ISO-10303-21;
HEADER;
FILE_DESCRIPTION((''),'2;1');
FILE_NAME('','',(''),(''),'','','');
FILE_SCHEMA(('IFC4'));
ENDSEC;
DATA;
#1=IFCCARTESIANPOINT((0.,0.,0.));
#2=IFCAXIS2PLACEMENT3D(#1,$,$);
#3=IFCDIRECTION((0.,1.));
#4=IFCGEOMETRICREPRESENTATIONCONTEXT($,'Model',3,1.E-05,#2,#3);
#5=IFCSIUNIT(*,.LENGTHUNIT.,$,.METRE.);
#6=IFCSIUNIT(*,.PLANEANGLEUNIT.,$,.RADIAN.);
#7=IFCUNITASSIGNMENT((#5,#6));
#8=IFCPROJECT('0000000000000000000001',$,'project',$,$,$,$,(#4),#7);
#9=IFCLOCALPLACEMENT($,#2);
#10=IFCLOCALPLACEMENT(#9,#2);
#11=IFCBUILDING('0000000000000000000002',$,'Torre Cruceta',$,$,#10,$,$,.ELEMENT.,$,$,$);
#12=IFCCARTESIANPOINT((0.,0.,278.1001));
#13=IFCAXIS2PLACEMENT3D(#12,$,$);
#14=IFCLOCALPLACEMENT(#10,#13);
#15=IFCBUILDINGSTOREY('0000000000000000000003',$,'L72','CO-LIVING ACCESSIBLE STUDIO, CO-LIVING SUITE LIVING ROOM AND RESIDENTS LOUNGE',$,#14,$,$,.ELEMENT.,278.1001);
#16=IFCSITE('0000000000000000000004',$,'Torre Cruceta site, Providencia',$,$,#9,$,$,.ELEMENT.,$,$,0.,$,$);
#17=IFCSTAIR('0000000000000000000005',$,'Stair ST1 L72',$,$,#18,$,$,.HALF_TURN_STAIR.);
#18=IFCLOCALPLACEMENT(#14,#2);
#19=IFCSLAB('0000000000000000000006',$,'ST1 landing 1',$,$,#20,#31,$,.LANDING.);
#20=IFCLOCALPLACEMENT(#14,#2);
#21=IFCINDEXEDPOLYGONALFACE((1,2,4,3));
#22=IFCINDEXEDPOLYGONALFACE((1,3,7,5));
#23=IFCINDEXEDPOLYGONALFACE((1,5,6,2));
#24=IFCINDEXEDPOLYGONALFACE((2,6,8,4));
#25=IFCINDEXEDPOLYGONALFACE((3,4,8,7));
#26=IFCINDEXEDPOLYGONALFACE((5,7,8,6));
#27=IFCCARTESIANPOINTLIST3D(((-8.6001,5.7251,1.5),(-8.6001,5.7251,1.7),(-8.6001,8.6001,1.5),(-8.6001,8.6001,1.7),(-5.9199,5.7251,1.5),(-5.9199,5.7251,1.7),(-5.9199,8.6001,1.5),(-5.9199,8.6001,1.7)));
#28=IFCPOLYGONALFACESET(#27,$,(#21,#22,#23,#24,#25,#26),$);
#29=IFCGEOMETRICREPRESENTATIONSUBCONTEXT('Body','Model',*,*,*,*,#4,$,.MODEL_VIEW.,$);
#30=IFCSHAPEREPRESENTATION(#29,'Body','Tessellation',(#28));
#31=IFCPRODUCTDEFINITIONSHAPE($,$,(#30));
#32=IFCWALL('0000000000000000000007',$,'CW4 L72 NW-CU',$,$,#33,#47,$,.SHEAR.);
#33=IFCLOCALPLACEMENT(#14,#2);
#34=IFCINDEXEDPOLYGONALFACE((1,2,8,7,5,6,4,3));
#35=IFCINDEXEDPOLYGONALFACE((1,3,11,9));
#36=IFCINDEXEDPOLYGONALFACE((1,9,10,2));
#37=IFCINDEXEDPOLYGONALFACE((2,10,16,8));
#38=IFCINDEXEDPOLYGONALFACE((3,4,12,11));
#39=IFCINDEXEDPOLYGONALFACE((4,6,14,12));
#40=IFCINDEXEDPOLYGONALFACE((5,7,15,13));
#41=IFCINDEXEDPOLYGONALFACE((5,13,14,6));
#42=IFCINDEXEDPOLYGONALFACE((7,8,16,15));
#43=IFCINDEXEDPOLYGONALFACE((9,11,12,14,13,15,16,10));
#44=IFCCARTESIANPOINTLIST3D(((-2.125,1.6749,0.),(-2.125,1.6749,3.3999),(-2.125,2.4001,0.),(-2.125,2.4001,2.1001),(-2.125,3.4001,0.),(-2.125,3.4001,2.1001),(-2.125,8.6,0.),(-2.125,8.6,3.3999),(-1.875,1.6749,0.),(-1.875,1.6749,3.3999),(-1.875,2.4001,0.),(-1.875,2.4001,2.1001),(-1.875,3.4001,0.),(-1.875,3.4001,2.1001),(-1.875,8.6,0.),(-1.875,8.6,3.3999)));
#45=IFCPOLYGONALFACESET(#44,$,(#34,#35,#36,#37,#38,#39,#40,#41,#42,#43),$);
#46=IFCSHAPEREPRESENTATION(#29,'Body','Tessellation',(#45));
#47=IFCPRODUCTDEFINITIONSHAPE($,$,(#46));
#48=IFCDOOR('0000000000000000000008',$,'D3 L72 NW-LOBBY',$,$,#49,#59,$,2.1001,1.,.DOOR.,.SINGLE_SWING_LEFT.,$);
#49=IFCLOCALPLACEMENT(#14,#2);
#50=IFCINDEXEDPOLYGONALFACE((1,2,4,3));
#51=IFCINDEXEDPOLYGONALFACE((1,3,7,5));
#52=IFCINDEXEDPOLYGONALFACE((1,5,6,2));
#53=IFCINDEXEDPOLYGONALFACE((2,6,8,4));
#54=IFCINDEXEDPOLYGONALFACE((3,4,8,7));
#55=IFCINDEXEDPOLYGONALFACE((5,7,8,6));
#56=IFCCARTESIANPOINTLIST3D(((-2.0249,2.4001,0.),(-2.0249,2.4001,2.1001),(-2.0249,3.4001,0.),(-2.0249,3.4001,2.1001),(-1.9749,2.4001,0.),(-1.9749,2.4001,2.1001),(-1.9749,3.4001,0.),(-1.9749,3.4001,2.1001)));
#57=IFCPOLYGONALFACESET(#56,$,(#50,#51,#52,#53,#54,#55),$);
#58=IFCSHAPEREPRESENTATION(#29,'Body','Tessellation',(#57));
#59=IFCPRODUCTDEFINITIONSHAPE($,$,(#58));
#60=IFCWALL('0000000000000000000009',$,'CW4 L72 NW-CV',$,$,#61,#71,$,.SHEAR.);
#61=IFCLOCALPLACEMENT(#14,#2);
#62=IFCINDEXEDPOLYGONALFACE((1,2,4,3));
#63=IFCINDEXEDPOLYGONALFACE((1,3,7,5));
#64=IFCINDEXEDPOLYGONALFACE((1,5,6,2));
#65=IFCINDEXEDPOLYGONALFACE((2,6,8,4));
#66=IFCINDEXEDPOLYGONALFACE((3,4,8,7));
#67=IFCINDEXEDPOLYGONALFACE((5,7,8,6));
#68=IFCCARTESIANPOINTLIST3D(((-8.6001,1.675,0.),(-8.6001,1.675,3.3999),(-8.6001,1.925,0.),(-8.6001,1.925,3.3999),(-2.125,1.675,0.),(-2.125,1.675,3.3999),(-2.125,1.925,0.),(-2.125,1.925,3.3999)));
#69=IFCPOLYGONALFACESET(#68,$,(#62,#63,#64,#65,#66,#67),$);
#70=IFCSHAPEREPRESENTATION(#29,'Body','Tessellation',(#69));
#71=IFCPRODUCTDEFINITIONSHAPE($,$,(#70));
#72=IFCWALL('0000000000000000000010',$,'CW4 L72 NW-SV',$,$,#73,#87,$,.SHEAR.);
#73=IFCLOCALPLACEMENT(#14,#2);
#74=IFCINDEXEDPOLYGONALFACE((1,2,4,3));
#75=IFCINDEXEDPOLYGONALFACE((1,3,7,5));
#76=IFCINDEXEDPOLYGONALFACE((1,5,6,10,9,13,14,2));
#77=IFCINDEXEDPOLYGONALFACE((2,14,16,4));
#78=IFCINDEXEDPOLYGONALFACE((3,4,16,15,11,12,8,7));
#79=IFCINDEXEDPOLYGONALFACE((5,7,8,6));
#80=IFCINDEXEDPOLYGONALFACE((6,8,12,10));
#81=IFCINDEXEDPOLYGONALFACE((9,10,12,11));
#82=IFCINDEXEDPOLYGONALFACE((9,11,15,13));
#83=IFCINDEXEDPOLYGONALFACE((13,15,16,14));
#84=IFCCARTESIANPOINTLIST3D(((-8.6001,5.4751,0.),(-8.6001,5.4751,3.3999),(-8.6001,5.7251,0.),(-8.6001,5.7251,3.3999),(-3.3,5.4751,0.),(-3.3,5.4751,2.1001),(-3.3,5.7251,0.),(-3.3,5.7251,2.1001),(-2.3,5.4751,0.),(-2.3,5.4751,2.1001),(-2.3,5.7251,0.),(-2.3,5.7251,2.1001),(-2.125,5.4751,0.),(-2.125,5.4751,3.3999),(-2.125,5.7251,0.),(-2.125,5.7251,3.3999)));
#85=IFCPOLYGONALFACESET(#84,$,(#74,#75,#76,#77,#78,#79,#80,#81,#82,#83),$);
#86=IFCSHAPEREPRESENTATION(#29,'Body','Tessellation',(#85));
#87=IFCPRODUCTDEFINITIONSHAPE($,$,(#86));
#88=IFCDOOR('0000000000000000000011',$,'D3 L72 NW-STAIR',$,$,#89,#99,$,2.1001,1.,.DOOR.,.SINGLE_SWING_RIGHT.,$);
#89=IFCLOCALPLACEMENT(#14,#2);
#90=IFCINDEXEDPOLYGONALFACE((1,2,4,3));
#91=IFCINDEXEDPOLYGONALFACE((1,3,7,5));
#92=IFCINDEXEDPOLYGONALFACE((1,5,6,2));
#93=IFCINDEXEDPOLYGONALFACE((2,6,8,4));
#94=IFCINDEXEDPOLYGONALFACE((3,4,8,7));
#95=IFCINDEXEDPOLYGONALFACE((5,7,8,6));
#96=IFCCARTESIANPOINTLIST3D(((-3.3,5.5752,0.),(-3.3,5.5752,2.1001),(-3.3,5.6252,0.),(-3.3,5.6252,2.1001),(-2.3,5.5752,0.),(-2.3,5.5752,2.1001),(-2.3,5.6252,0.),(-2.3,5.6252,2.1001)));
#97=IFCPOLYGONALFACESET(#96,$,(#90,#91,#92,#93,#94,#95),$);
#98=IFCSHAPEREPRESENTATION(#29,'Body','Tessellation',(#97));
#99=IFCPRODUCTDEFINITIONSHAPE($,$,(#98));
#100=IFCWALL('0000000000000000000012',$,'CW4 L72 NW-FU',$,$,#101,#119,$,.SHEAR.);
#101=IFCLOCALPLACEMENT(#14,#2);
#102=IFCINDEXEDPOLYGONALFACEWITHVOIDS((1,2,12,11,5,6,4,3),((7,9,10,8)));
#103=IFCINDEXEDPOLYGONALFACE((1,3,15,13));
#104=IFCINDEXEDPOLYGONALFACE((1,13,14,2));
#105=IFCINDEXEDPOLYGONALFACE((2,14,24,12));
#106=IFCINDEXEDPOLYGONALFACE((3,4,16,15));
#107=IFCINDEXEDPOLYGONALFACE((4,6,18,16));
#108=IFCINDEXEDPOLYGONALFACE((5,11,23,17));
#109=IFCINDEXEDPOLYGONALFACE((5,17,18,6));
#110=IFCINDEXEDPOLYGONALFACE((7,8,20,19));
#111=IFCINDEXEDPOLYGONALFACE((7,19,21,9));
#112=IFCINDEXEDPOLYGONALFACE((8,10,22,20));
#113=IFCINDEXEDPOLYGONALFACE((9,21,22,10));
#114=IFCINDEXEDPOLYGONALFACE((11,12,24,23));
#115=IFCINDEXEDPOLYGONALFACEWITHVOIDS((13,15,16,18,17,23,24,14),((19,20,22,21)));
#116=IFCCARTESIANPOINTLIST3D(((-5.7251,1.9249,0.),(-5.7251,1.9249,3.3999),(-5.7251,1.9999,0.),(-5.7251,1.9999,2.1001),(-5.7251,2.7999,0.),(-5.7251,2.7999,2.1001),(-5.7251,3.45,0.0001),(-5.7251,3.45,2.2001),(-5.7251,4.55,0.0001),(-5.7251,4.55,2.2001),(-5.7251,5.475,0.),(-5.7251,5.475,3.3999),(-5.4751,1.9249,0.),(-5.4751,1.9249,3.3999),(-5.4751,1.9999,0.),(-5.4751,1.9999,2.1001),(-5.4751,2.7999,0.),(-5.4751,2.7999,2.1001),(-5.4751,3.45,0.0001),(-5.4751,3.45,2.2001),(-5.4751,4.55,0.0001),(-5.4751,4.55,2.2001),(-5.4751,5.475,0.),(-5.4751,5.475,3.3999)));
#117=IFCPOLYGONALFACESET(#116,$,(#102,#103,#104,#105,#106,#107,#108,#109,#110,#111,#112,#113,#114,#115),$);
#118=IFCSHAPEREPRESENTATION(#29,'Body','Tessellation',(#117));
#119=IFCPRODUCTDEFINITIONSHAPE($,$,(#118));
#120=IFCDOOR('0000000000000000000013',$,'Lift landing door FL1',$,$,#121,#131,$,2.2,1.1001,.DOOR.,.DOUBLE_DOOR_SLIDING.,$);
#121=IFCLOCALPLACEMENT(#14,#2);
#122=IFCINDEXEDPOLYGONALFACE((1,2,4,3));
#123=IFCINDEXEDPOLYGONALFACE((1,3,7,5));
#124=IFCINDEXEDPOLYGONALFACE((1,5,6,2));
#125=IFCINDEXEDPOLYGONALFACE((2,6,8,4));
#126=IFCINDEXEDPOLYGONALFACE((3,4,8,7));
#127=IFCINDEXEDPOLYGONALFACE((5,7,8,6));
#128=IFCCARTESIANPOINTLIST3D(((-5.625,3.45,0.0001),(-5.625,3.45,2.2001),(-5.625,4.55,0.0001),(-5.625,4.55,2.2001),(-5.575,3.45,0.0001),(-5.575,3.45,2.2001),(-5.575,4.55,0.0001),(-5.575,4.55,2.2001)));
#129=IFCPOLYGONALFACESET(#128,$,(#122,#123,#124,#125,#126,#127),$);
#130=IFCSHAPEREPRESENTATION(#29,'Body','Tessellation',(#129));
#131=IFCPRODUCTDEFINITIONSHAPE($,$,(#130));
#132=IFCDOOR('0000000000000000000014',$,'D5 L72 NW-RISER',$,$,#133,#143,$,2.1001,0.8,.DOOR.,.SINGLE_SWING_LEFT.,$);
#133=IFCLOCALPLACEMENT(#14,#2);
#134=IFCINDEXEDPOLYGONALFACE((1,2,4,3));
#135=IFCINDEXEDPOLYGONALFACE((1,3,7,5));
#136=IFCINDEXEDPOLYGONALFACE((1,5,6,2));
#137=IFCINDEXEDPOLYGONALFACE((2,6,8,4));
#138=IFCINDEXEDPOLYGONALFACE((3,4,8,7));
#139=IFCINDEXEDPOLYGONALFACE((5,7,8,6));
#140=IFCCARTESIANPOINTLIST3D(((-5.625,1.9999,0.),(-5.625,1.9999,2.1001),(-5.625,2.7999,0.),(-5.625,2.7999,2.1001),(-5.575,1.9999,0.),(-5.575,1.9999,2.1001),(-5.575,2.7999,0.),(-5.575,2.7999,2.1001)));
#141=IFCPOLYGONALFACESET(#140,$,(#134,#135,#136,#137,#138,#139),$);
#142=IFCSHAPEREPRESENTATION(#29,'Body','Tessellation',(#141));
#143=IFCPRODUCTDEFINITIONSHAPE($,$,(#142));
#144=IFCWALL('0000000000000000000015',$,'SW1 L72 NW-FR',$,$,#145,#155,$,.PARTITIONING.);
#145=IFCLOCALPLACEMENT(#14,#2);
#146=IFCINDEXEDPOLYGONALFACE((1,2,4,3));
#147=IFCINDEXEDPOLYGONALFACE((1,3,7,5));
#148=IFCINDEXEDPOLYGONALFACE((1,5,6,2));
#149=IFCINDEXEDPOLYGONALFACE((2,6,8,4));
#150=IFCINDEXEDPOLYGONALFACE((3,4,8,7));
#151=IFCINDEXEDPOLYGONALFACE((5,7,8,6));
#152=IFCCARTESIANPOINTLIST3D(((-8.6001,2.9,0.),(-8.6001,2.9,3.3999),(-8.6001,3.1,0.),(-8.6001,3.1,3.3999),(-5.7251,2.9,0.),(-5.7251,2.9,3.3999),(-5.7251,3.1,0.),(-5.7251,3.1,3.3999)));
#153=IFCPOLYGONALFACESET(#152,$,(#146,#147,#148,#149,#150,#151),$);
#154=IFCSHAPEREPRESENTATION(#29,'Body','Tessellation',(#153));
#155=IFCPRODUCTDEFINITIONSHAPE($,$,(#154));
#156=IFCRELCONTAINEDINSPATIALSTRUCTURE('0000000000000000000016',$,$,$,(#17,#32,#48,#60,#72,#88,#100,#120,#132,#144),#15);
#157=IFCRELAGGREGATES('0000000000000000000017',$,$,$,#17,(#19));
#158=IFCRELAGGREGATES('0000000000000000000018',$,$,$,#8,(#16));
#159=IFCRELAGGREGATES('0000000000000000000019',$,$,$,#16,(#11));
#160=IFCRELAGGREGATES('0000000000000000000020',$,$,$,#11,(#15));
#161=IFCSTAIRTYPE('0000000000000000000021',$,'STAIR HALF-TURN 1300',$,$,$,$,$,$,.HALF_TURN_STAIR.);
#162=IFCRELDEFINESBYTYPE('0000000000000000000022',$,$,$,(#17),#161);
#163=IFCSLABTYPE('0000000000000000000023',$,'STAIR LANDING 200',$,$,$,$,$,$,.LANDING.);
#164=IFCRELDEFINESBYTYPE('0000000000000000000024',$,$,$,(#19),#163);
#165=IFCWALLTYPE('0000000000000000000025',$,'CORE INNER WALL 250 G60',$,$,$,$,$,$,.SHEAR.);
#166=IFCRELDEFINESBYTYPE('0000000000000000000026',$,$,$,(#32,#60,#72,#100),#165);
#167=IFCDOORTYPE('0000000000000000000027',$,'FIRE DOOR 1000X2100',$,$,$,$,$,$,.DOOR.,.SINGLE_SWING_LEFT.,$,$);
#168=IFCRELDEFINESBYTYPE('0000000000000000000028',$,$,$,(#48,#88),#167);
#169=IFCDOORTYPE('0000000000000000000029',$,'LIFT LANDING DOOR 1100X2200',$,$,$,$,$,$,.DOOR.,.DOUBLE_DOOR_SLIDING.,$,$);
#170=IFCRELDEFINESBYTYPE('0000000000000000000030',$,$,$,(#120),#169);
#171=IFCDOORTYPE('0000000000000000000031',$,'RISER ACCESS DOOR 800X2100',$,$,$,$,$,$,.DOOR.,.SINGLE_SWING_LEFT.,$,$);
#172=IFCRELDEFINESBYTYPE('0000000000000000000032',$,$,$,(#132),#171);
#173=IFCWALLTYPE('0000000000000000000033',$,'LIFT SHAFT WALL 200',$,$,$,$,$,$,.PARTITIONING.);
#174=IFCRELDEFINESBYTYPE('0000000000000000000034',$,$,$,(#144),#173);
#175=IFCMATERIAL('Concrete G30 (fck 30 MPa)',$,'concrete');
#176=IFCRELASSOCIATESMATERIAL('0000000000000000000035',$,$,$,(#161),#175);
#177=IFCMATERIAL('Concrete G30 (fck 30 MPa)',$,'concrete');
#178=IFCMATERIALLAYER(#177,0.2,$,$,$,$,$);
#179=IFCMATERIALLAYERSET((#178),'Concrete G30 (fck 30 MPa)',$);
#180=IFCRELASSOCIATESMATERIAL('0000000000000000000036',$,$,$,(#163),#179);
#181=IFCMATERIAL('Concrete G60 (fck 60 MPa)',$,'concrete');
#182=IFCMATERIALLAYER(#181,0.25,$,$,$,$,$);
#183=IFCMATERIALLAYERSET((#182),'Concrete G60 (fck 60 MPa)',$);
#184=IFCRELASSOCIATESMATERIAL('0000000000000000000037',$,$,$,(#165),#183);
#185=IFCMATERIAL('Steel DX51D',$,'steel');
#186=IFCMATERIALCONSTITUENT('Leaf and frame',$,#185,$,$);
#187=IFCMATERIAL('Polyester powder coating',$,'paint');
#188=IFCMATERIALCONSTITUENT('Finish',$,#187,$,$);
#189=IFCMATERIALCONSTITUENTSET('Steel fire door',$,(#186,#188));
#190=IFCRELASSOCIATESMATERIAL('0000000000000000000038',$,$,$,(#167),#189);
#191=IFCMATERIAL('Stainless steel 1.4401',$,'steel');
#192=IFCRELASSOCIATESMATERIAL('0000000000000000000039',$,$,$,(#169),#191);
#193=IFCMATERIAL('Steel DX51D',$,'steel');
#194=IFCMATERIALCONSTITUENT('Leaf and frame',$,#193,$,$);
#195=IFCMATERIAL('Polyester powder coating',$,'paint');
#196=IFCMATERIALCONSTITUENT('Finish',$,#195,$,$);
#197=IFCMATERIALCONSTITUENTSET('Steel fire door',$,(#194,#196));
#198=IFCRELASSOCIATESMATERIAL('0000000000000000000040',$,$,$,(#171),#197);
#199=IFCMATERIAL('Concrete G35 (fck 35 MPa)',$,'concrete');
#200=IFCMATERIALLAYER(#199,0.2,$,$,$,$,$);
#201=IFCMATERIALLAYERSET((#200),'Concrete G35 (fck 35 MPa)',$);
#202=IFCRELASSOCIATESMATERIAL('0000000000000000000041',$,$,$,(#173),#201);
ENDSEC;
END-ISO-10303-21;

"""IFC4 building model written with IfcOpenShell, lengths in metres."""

from ifc_helpers import new_model, si_unit, direction, frame, frame_2d, origin, place, context, subcontext, project, spatial, polyline, rectangle, outline, extrude, material, layer, layer_set, constituent, constituent_set, type_object, element, fill, aggregate, save


model = new_model("IFC4")

# Units and contexts
model_context = context("Model", 3, precision=1e-05, world=origin(), true_north=direction((0.0, 1.0)))
body_context = subcontext(model_context, "Body", "Model", "MODEL_VIEW")
ifc_project = project(units=[si_unit("LENGTHUNIT", "METRE"), si_unit("PLANEANGLEUNIT", "RADIAN")], contexts=[model_context])

# Site, building, storey
site_placement = place(None, origin())
site = spatial("IfcSite", under=ifc_project, at=site_placement, Name="Torre Cruceta site, Providencia", CompositionType="ELEMENT", RefElevation=0.0)
building_placement = place(site_placement, origin())
building = spatial("IfcBuilding", under=site, at=building_placement, Name="Torre Cruceta", CompositionType="ELEMENT")
storey_placement = place(building_placement, frame((0.0, 0.0, 278.1001)))
storey = spatial("IfcBuildingStorey", under=building, at=storey_placement, Name="L72", Description="CO-LIVING ACCESSIBLE STUDIO, CO-LIVING SUITE LIVING ROOM AND RESIDENTS LOUNGE", CompositionType="ELEMENT", Elevation=278.1001)

# Stair, slab
ifc_material_1 = material(Name="Concrete G30 (fck 30 MPa)", Category="concrete")
stair_type = type_object("IfcStairType", Name="STAIR HALF-TURN 1300", PredefinedType="HALF_TURN_STAIR", material=ifc_material_1)
stair_placement = place(storey_placement, origin())
stair = element("IfcStair", 1, at=stair_placement, inside=storey, type_object=stair_type, Name="Stair ST1 L72", PredefinedType="HALF_TURN_STAIR")
ifc_material_2 = material(Name="Concrete G30 (fck 30 MPa)", Category="concrete")
ifc_layer_1 = layer(ifc_material_2, 0.2)
ifc_layer_set_1 = layer_set([ifc_layer_1], Name="Concrete G30 (fck 30 MPa)")
slab_type_1 = type_object("IfcSlabType", Name="STAIR LANDING 200", PredefinedType="LANDING", material=ifc_layer_set_1)
slab_1_placement = place(storey_placement, frame((0.0, 0.0, 1.5)))
slab_1 = element("IfcSlab", 2, at=slab_1_placement, type_object=slab_type_1, Name="ST1 landing 1", PredefinedType="LANDING", context=body_context, shape_type="SweptSolid", body=[
    extrude(outline(polyline([(-8.6001, 5.7251), (-5.9199, 5.7251), (-5.9199, 8.6001), (-8.6001, 8.6001), (-8.6001, 5.7251)])), origin(), (0.0, 0.0, 1.0), 0.2),
])

# Wall, opening, door
ifc_material_3 = material(Name="Concrete G60 (fck 60 MPa)", Category="concrete")
ifc_layer_2 = layer(ifc_material_3, 0.25)
ifc_layer_set_2 = layer_set([ifc_layer_2], Name="Concrete G60 (fck 60 MPa)")
wall_type_1 = type_object("IfcWallType", Name="CORE INNER WALL 250 G60", PredefinedType="SHEAR", material=ifc_layer_set_2)
wall_1_placement = place(storey_placement, frame((-2.0, 1.675, 0.0), z_axis=(0.0, 0.0, 1.0), x_axis=(0.0, 1.0, 0.0)))
wall_1 = element("IfcWall", 3, at=wall_1_placement, inside=storey, type_object=wall_type_1, Name="CW4 L72 NW-CU", PredefinedType="SHEAR", context=body_context, shape_type="SweptSolid", body=[
    extrude(rectangle(XDim=6.925, YDim=0.25, at=frame_2d((3.4624, 0.0))), origin(), (0.0, 0.0, 1.0), 3.3999),
])
opening_1_placement = place(wall_1_placement, frame((0.7251, 0.0, 0.0)))
opening_1 = element("IfcOpeningElement", 4, at=opening_1_placement, cuts=wall_1, PredefinedType="OPENING", context=body_context, shape_type="SweptSolid", body=[
    extrude(rectangle(XDim=1.0, YDim=2.1001, at=frame_2d((0.5, 1.05))), frame((0.0, 0.135, 0.0), z_axis=(0.0, -1.0, 0.0), x_axis=(1.0, 0.0, 0.0)), (0.0, 0.0, 1.0), 0.27),
])
ifc_material_4 = material(Name="Steel DX51D", Category="steel")
ifc_constituent_1 = constituent(ifc_material_4, Name="Leaf and frame")
ifc_material_5 = material(Name="Polyester powder coating", Category="paint")
ifc_constituent_2 = constituent(ifc_material_5, Name="Finish")
ifc_constituent_set_1 = constituent_set(constituents=[ifc_constituent_1, ifc_constituent_2], Name="Steel fire door")
door_type_1 = type_object("IfcDoorType", Name="FIRE DOOR 1000X2100", OperationType="SINGLE_SWING_LEFT", PredefinedType="DOOR", material=ifc_constituent_set_1)
door_1_placement = place(opening_1_placement, origin())
door_1 = element("IfcDoor", 5, at=door_1_placement, inside=storey, type_object=door_type_1, Name="D3 L72 NW-LOBBY", OperationType="SINGLE_SWING_LEFT", OverallHeight=2.1001, OverallWidth=1.0, PredefinedType="DOOR", context=body_context, shape_type="SweptSolid", body=[
    extrude(rectangle(XDim=1.0, YDim=2.1001, at=frame_2d((0.5, 1.05))), frame((0.0, 0.0249, 0.0), z_axis=(0.0, -1.0, 0.0), x_axis=(1.0, 0.0, 0.0)), (0.0, 0.0, 1.0), 0.05),
])
fill(opening_1, door_1)

# Wall
wall_2_placement = place(storey_placement, frame((-2.125, 1.8, 0.0), z_axis=(0.0, 0.0, 1.0), x_axis=(-1.0, 0.0, 0.0)))
element("IfcWall", 6, at=wall_2_placement, inside=storey, type_object=wall_type_1, Name="CW4 L72 NW-CV", PredefinedType="SHEAR", context=body_context, shape_type="SweptSolid", body=[
    extrude(rectangle(XDim=6.4751, YDim=0.25, at=frame_2d((3.2375, 0.0))), origin(), (0.0, 0.0, 1.0), 3.3999),
])

# Wall, opening, door
wall_3_placement = place(storey_placement, frame((-2.125, 5.6001, 0.0), z_axis=(0.0, 0.0, 1.0), x_axis=(-1.0, 0.0, 0.0)))
wall_3 = element("IfcWall", 7, at=wall_3_placement, inside=storey, type_object=wall_type_1, Name="CW4 L72 NW-SV", PredefinedType="SHEAR", context=body_context, shape_type="SweptSolid", body=[
    extrude(rectangle(XDim=6.4751, YDim=0.25, at=frame_2d((3.2375, 0.0))), origin(), (0.0, 0.0, 1.0), 3.3999),
])
opening_2_placement = place(wall_3_placement, frame((0.175, 0.0, 0.0)))
opening_2 = element("IfcOpeningElement", 8, at=opening_2_placement, cuts=wall_3, PredefinedType="OPENING", context=body_context, shape_type="SweptSolid", body=[
    extrude(rectangle(XDim=1.0, YDim=2.1001, at=frame_2d((0.5, 1.05))), frame((0.0, 0.135, 0.0), z_axis=(0.0, -1.0, 0.0), x_axis=(1.0, 0.0, 0.0)), (0.0, 0.0, 1.0), 0.27),
])
door_2_placement = place(opening_2_placement, frame((1.0, 0.0, 0.0), z_axis=(0.0, 0.0, 1.0), x_axis=(-1.0, 0.0, 0.0)))
door_2 = element("IfcDoor", 9, at=door_2_placement, inside=storey, type_object=door_type_1, Name="D3 L72 NW-STAIR", OperationType="SINGLE_SWING_RIGHT", OverallHeight=2.1001, OverallWidth=1.0, PredefinedType="DOOR", context=body_context, shape_type="SweptSolid", body=[
    extrude(rectangle(XDim=1.0, YDim=2.1001, at=frame_2d((0.5, 1.05))), frame((0.0, 0.0251, 0.0), z_axis=(0.0, -1.0, 0.0), x_axis=(1.0, 0.0, 0.0)), (0.0, 0.0, 1.0), 0.05),
])
fill(opening_2, door_2)

# Wall, openings, doors
wall_4_placement = place(storey_placement, frame((-5.6001, 1.925, 0.0), z_axis=(0.0, 0.0, 1.0), x_axis=(0.0, 1.0, 0.0)))
wall_4 = element("IfcWall", 10, at=wall_4_placement, inside=storey, type_object=wall_type_1, Name="CW4 L72 NW-FU", PredefinedType="SHEAR", context=body_context, shape_type="SweptSolid", body=[
    extrude(rectangle(XDim=3.55, YDim=0.25, at=frame_2d((1.7749, 0.0))), origin(), (0.0, 0.0, 1.0), 3.3999),
])
opening_3_placement = place(wall_4_placement, frame((1.5249, 0.0, 0.0)))
opening_3 = element("IfcOpeningElement", 11, at=opening_3_placement, cuts=wall_4, PredefinedType="OPENING", context=body_context, shape_type="SweptSolid", body=[
    extrude(rectangle(XDim=1.1001, YDim=2.2, at=frame_2d((0.55, 1.1001))), frame((0.0, 0.135, 0.0), z_axis=(0.0, -1.0, 0.0), x_axis=(1.0, 0.0, 0.0)), (0.0, 0.0, 1.0), 0.27),
])
opening_4_placement = place(wall_4_placement, frame((0.075, 0.0, 0.0)))
opening_4 = element("IfcOpeningElement", 12, at=opening_4_placement, cuts=wall_4, PredefinedType="OPENING", context=body_context, shape_type="SweptSolid", body=[
    extrude(rectangle(XDim=0.8, YDim=2.1001, at=frame_2d((0.3999, 1.05))), frame((0.0, 0.135, 0.0), z_axis=(0.0, -1.0, 0.0), x_axis=(1.0, 0.0, 0.0)), (0.0, 0.0, 1.0), 0.27),
])
ifc_material_6 = material(Name="Stainless steel 1.4401", Category="steel")
door_type_2 = type_object("IfcDoorType", Name="LIFT LANDING DOOR 1100X2200", OperationType="DOUBLE_DOOR_SLIDING", PredefinedType="DOOR", material=ifc_material_6)
door_3_placement = place(opening_3_placement, origin())
door_3 = element("IfcDoor", 13, at=door_3_placement, inside=storey, type_object=door_type_2, Name="Lift landing door FL1", OperationType="DOUBLE_DOOR_SLIDING", OverallHeight=2.2, OverallWidth=1.1001, PredefinedType="DOOR", context=body_context, shape_type="SweptSolid", body=[
    extrude(rectangle(XDim=1.1001, YDim=2.2, at=frame_2d((0.55, 1.1001))), frame((0.0, 0.0249, 0.0), z_axis=(0.0, -1.0, 0.0), x_axis=(1.0, 0.0, 0.0)), (0.0, 0.0, 1.0), 0.05),
])
fill(opening_3, door_3)
ifc_material_7 = material(Name="Steel DX51D", Category="steel")
ifc_constituent_3 = constituent(ifc_material_7, Name="Leaf and frame")
ifc_material_8 = material(Name="Polyester powder coating", Category="paint")
ifc_constituent_4 = constituent(ifc_material_8, Name="Finish")
ifc_constituent_set_2 = constituent_set(constituents=[ifc_constituent_3, ifc_constituent_4], Name="Steel fire door")
door_type_3 = type_object("IfcDoorType", Name="RISER ACCESS DOOR 800X2100", OperationType="SINGLE_SWING_LEFT", PredefinedType="DOOR", material=ifc_constituent_set_2)
door_4_placement = place(opening_4_placement, origin())
door_4 = element("IfcDoor", 14, at=door_4_placement, inside=storey, type_object=door_type_3, Name="D5 L72 NW-RISER", OperationType="SINGLE_SWING_LEFT", OverallHeight=2.1001, OverallWidth=0.8, PredefinedType="DOOR", context=body_context, shape_type="SweptSolid", body=[
    extrude(rectangle(XDim=0.8, YDim=2.1001, at=frame_2d((0.3999, 1.05))), frame((0.0, 0.0249, 0.0), z_axis=(0.0, -1.0, 0.0), x_axis=(1.0, 0.0, 0.0)), (0.0, 0.0, 1.0), 0.05),
])
fill(opening_4, door_4)

# Wall
ifc_material_9 = material(Name="Concrete G35 (fck 35 MPa)", Category="concrete")
ifc_layer_3 = layer(ifc_material_9, 0.2)
ifc_layer_set_3 = layer_set([ifc_layer_3], Name="Concrete G35 (fck 35 MPa)")
wall_type_2 = type_object("IfcWallType", Name="LIFT SHAFT WALL 200", PredefinedType="PARTITIONING", material=ifc_layer_set_3)
wall_5_placement = place(storey_placement, frame((-5.7251, 3.0, 0.0), z_axis=(0.0, 0.0, 1.0), x_axis=(-1.0, 0.0, 0.0)))
element("IfcWall", 15, at=wall_5_placement, inside=storey, type_object=wall_type_2, Name="SW1 L72 NW-FR", PredefinedType="PARTITIONING", context=body_context, shape_type="SweptSolid", body=[
    extrude(rectangle(XDim=2.875, YDim=0.2, at=frame_2d((1.4375, 0.0))), origin(), (0.0, 0.0, 1.0), 3.3999),
])

aggregate(stair, [slab_1])

save(model, "model.ifc")
